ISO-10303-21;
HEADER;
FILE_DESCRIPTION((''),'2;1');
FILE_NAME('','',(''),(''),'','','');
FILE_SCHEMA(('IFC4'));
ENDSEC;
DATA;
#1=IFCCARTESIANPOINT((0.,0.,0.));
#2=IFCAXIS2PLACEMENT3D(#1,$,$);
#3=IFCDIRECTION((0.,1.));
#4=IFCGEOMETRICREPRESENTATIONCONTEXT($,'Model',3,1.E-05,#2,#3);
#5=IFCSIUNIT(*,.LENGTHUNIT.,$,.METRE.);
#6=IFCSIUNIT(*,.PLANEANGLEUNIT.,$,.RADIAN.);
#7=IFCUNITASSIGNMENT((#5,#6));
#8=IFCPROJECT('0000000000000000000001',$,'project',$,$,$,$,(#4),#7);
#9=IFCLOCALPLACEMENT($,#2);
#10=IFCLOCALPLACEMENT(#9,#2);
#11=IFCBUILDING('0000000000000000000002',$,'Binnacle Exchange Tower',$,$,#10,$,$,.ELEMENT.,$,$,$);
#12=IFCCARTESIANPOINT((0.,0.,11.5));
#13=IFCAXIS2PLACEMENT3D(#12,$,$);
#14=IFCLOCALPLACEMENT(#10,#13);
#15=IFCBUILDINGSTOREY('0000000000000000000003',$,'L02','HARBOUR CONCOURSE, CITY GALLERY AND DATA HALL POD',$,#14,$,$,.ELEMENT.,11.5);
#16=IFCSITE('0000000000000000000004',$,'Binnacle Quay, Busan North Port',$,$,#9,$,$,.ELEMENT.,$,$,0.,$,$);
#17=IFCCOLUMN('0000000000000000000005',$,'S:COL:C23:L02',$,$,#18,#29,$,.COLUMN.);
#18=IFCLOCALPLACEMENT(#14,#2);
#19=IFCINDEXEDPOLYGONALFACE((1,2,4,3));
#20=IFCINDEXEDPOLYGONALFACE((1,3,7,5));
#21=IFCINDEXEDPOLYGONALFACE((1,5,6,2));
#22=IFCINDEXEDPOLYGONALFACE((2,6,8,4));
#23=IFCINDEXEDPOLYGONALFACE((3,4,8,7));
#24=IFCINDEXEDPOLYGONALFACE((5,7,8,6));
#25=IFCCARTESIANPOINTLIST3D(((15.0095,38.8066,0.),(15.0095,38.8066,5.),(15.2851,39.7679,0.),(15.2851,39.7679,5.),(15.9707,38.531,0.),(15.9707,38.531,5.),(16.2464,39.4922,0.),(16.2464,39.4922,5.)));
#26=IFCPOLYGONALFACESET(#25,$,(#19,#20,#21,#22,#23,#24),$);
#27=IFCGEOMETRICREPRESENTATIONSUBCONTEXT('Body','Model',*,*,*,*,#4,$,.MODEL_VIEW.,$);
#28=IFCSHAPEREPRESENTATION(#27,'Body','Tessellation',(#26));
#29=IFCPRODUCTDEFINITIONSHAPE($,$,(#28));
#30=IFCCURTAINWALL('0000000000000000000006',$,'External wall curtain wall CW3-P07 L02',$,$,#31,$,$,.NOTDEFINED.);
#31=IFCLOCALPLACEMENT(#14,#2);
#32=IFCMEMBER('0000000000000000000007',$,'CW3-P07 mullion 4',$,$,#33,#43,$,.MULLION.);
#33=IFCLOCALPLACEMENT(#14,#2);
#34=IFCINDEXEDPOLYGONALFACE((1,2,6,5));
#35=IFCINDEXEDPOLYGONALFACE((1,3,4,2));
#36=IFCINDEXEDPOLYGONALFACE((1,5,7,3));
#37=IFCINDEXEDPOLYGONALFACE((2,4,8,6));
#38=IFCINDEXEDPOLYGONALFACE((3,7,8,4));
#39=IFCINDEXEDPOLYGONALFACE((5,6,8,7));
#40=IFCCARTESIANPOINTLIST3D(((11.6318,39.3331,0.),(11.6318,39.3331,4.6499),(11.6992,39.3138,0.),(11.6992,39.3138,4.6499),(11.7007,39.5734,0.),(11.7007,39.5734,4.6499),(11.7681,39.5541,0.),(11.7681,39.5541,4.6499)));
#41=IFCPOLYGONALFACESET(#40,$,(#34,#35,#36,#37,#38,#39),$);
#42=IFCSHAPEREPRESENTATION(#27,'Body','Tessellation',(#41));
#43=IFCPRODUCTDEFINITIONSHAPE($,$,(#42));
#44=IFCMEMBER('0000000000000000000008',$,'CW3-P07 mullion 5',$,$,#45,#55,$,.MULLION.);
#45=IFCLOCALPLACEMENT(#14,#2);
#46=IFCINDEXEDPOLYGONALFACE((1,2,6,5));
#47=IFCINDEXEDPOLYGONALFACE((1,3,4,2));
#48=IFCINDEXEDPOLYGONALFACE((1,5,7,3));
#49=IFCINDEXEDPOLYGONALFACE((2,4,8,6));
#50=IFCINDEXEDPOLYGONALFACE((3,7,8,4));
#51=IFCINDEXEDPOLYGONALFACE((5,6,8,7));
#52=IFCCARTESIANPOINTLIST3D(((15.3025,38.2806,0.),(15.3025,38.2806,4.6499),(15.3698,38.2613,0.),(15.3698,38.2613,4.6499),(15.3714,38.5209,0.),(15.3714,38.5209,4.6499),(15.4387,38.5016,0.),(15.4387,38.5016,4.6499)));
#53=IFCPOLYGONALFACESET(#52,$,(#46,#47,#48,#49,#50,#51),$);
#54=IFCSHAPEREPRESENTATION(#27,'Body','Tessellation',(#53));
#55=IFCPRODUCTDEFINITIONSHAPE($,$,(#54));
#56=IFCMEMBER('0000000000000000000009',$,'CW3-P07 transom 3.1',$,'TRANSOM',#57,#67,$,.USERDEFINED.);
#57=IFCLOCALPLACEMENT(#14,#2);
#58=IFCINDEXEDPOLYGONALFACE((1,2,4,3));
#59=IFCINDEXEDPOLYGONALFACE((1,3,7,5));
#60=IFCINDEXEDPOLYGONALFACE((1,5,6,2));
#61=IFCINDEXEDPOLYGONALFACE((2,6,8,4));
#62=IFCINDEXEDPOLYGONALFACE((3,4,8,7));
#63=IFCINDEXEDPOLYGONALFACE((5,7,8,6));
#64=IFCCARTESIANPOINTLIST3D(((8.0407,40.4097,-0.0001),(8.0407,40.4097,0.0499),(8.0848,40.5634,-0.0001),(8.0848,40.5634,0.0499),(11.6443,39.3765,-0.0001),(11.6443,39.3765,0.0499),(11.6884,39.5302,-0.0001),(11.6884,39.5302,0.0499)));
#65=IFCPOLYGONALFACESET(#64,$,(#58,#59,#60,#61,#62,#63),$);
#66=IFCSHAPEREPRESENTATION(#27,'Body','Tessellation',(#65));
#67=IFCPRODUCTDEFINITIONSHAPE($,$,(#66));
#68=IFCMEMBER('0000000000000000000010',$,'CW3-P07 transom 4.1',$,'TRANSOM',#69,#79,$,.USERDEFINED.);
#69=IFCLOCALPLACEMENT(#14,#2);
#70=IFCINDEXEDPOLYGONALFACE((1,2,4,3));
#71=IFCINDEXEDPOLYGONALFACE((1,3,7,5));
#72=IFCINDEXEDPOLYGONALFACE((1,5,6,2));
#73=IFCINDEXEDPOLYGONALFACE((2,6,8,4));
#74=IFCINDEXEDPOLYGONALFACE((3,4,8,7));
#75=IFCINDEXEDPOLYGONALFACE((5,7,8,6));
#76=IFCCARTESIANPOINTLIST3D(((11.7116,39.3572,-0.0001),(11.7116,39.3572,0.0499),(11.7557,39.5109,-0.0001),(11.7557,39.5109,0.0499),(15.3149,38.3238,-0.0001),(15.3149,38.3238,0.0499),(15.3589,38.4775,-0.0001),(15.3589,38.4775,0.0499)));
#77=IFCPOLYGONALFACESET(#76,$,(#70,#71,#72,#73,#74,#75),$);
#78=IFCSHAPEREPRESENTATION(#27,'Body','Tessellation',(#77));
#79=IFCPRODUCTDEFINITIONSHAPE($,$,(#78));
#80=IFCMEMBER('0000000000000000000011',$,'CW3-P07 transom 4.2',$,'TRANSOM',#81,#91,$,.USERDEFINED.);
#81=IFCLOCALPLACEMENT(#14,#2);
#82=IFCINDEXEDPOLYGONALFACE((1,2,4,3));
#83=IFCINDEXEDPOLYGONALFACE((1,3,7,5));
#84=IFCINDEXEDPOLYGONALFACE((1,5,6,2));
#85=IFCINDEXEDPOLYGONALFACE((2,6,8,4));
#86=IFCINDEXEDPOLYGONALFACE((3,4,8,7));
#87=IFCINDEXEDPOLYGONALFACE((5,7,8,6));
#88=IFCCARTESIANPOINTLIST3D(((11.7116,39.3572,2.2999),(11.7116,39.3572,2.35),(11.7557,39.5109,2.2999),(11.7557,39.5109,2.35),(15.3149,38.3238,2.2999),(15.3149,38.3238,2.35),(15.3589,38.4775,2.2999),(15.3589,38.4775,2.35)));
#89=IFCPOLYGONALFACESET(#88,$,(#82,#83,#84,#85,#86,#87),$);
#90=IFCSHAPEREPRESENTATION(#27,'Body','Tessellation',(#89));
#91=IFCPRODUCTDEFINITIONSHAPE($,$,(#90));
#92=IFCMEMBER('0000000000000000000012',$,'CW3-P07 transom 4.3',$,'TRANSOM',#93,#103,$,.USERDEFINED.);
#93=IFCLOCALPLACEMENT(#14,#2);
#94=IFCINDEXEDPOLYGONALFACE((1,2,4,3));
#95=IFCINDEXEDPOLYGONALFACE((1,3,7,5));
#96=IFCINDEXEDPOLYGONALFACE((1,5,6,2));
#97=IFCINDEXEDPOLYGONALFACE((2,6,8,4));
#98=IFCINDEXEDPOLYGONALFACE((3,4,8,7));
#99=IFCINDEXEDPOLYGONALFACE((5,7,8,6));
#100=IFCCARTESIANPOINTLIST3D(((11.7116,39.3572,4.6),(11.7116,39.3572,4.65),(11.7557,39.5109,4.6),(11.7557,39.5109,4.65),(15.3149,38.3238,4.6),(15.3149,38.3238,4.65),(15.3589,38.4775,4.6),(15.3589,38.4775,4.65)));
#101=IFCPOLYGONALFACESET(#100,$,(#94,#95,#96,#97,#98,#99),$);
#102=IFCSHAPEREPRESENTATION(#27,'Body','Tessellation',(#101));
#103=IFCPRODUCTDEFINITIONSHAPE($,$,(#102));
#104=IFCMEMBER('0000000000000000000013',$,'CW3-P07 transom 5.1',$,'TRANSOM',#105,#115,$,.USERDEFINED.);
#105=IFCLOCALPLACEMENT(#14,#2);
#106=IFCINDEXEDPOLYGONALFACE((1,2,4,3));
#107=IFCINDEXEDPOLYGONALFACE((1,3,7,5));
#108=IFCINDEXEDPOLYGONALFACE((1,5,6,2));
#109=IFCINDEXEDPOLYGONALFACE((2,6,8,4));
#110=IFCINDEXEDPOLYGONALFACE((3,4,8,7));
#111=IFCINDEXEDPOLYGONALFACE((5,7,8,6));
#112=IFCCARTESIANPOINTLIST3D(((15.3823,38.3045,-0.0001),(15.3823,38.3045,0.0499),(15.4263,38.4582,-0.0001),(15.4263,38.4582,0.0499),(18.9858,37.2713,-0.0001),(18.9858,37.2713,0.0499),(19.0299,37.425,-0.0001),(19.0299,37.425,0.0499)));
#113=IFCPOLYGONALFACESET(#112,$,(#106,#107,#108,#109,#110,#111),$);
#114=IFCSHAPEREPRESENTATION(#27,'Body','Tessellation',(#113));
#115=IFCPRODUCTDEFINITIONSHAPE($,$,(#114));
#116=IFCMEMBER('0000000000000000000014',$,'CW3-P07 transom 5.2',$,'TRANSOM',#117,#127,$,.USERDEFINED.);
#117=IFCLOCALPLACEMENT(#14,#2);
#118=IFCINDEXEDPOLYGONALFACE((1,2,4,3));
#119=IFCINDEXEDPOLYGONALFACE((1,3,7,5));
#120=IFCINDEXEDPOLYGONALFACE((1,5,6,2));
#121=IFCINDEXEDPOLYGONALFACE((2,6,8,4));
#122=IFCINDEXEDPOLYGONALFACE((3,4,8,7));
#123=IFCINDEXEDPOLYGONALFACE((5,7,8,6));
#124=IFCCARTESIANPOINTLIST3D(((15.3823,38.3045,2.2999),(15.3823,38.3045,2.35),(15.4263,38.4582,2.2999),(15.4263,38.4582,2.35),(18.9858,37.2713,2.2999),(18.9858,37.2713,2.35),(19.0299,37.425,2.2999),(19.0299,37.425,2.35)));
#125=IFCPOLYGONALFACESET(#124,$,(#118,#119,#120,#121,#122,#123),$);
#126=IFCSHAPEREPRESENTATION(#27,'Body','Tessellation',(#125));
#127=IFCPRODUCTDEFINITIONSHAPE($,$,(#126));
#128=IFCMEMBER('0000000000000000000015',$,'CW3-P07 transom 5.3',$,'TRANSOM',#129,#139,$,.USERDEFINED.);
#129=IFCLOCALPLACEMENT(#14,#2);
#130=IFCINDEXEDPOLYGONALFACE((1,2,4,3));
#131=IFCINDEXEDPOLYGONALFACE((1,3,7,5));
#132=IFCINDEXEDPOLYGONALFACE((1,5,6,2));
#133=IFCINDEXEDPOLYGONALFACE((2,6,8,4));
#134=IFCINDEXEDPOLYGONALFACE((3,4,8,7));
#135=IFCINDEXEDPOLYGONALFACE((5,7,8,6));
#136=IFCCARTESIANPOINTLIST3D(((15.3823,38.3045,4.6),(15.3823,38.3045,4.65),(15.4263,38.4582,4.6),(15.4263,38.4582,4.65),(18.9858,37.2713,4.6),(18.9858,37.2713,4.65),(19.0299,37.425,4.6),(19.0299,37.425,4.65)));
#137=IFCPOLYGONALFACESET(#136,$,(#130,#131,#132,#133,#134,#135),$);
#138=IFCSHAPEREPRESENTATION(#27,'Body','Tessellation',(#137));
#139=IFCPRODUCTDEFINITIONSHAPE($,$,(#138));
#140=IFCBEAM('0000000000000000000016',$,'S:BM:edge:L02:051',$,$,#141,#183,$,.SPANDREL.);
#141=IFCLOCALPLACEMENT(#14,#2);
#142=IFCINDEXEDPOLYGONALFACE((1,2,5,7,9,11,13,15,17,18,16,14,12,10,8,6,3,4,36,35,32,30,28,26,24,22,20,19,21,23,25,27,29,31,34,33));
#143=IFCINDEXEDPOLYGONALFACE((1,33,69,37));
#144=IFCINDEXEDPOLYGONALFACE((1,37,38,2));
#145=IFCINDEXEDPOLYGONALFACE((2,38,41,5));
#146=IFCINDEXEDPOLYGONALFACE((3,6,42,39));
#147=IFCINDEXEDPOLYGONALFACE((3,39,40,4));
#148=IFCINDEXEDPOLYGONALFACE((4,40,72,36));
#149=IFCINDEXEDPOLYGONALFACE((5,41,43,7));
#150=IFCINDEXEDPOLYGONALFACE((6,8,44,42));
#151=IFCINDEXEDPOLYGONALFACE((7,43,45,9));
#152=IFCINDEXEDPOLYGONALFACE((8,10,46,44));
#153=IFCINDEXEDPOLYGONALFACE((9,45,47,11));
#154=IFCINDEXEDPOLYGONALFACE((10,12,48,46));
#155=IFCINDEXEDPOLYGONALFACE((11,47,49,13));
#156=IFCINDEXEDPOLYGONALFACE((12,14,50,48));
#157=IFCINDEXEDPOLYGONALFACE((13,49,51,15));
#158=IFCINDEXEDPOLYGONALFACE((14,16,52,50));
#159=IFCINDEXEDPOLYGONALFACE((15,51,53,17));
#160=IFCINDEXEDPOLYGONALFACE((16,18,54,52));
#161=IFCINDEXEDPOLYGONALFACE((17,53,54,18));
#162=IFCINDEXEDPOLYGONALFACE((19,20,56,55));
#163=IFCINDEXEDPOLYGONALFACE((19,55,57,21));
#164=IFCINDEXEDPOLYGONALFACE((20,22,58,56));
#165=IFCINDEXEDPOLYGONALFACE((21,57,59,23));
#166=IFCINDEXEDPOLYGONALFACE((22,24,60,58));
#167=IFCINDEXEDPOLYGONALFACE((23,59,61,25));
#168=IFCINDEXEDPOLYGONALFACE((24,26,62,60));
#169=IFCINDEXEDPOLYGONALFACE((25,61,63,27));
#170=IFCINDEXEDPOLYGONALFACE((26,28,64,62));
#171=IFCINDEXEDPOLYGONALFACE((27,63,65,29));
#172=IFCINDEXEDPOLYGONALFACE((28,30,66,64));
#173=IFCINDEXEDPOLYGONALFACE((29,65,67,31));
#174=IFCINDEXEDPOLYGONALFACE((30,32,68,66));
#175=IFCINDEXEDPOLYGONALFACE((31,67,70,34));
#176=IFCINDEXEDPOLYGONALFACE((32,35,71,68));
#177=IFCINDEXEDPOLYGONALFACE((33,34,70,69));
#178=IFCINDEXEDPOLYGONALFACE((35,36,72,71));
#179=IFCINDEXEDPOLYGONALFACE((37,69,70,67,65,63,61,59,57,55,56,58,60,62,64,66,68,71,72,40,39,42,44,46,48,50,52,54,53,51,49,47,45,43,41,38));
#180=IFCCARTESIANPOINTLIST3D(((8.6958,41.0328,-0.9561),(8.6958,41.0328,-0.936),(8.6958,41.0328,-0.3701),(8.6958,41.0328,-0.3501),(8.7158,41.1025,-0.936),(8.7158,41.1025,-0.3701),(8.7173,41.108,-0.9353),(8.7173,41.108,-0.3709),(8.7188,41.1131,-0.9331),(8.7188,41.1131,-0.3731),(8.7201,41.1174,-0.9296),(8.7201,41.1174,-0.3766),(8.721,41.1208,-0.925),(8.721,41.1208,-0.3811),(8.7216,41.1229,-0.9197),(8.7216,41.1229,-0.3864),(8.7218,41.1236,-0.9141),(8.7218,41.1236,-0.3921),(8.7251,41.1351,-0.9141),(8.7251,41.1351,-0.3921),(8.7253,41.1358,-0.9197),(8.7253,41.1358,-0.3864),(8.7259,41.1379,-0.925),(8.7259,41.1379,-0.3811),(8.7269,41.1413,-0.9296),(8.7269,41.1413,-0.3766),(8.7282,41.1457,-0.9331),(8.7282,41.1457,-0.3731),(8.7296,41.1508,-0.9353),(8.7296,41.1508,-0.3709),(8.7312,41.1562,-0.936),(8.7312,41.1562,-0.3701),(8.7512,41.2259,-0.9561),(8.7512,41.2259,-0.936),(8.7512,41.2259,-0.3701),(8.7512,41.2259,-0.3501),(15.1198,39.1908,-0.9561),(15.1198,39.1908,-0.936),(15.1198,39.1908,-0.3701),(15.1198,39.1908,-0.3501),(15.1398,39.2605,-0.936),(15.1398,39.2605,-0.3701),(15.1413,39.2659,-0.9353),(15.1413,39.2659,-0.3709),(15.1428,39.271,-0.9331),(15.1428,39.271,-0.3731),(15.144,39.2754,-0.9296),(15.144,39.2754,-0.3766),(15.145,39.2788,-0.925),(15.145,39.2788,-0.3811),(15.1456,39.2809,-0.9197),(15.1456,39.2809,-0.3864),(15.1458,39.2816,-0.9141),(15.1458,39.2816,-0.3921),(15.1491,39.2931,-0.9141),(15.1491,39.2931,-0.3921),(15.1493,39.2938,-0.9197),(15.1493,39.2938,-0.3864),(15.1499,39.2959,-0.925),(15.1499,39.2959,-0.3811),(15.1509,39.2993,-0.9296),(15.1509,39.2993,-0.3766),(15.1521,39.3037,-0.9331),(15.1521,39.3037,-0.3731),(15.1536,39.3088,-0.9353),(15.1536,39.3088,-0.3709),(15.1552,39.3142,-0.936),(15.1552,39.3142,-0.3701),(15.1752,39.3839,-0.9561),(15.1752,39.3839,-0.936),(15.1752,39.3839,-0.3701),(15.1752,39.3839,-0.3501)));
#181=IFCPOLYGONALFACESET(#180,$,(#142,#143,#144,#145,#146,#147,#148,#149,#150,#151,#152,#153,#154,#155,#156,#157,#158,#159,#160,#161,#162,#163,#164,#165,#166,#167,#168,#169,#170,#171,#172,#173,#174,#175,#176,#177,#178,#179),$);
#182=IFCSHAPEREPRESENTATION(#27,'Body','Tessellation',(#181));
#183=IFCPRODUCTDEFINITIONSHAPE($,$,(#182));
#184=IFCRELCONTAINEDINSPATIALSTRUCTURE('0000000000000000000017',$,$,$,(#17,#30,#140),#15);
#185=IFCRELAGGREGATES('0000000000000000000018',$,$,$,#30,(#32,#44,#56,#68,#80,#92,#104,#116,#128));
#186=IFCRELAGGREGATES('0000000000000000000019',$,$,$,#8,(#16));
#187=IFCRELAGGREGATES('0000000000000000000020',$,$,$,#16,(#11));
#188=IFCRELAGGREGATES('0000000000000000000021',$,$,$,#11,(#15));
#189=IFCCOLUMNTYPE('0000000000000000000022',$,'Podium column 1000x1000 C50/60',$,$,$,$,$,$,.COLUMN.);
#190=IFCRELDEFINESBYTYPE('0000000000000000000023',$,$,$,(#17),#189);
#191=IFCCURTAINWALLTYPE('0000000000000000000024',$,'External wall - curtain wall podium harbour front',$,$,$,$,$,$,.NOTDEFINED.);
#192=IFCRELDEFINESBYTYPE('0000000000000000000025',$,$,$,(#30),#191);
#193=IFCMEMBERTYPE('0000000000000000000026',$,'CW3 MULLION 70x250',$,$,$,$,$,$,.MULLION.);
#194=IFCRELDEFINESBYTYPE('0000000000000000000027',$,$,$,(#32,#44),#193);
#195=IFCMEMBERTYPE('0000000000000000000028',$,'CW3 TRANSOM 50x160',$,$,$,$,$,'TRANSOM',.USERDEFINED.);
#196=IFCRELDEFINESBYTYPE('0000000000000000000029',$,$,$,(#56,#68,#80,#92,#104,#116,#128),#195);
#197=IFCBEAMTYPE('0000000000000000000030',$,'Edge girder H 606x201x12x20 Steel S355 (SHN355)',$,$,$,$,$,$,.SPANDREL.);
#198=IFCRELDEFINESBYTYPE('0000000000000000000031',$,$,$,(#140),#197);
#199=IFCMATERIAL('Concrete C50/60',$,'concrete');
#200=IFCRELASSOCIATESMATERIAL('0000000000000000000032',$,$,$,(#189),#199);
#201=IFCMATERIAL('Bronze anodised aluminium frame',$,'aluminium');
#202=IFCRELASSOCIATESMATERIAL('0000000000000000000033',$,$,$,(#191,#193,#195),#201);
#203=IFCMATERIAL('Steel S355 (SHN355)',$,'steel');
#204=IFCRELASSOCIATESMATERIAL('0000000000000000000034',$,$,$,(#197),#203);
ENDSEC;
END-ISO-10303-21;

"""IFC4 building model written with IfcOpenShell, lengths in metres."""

from ifc_helpers import new_model, si_unit, direction, frame, origin, origin_2d, place, context, subcontext, project, spatial, rectangle, i_section, extrude, material, material_profile, profile_set, type_object, element, aggregate, save


model = new_model("IFC4")

# Units and contexts
model_context = context("Model", 3, precision=1e-05, world=origin(), true_north=direction((0.0, 1.0)))
body_context = subcontext(model_context, "Body", "Model", "MODEL_VIEW")
ifc_project = project(units=[si_unit("LENGTHUNIT", "METRE"), si_unit("PLANEANGLEUNIT", "RADIAN")], contexts=[model_context])

# Site, building, storey
site_placement = place(None, origin())
site = spatial("IfcSite", under=ifc_project, at=site_placement, Name="Binnacle Quay, Busan North Port", CompositionType="ELEMENT", RefElevation=0.0)
building_placement = place(site_placement, origin())
building = spatial("IfcBuilding", under=site, at=building_placement, Name="Binnacle Exchange Tower", CompositionType="ELEMENT")
storey_placement = place(building_placement, frame((0.0, 0.0, 11.5)))
storey = spatial("IfcBuildingStorey", under=building, at=storey_placement, Name="L02", Description="HARBOUR CONCOURSE, CITY GALLERY AND DATA HALL POD", CompositionType="ELEMENT", Elevation=11.5)

# Column
ifc_material_1 = material(Name="Concrete C50/60", Category="concrete")
ifc_material_profile_1 = material_profile(ifc_material_1, rectangle(XDim=1.0, YDim=1.0, at=origin_2d()), Name="Podium column 1000x1000 C50/60")
ifc_profile_set_1 = profile_set([ifc_material_profile_1], Name="Concrete C50/60")
column_type = type_object("IfcColumnType", Name="Podium column 1000x1000 C50/60", PredefinedType="COLUMN", material=ifc_profile_set_1)
column_placement = place(storey_placement, frame((15.6279, 39.1494, 0.0), z_axis=(0.0, 0.0, 1.0), x_axis=(0.961262, -0.275637, 0.0)))
element("IfcColumn", 1, at=column_placement, inside=storey, type_object=column_type, Name="S:COL:C23:L02", PredefinedType="COLUMN", context=body_context, shape_type="SweptSolid", body=[
    extrude(rectangle(XDim=1.0, YDim=1.0, at=origin_2d()), origin(), (0.0, 0.0, 1.0), 5.0),
])

# Curtain wall, members
ifc_material_2 = material(Name="Bronze anodised aluminium frame", Category="aluminium")
curtain_wall_type = type_object("IfcCurtainWallType", Name="External wall - curtain wall podium harbour front", PredefinedType="NOTDEFINED", material=ifc_material_2)
curtain_wall_placement = place(storey_placement, origin())
curtain_wall = element("IfcCurtainWall", 2, at=curtain_wall_placement, inside=storey, type_object=curtain_wall_type, Name="External wall curtain wall CW3-P07 L02", PredefinedType="NOTDEFINED")
ifc_material_profile_2 = material_profile(ifc_material_2, rectangle(XDim=0.25, YDim=0.0701, at=origin_2d()), Name="AL 70x250")
ifc_profile_set_2 = profile_set([ifc_material_profile_2], Name="Bronze anodised aluminium frame")
member_type_1 = type_object("IfcMemberType", Name="CW3 MULLION 70x250", PredefinedType="MULLION", material=ifc_profile_set_2)
member_1_placement = place(storey_placement, frame((11.7, 39.4436, 0.0), z_axis=(0.0, 0.0, 1.0), x_axis=(0.275637, 0.961262, 0.0)))
member_1 = element("IfcMember", 3, at=member_1_placement, type_object=member_type_1, Name="CW3-P07 mullion 4", PredefinedType="MULLION", context=body_context, shape_type="SweptSolid", body=[
    extrude(rectangle(XDim=0.25, YDim=0.0701, at=origin_2d()), origin(), (0.0, 0.0, 1.0), 4.6499),
])
member_2_placement = place(storey_placement, frame((15.3706, 38.3911, 0.0), z_axis=(0.0, 0.0, 1.0), x_axis=(0.275637, 0.961262, 0.0)))
member_2 = element("IfcMember", 4, at=member_2_placement, type_object=member_type_1, Name="CW3-P07 mullion 5", PredefinedType="MULLION", context=body_context, shape_type="SweptSolid", body=[
    extrude(rectangle(XDim=0.25, YDim=0.0701, at=origin_2d()), origin(), (0.0, 0.0, 1.0), 4.6499),
])
ifc_material_profile_3 = material_profile(ifc_material_2, rectangle(XDim=0.1599, YDim=0.05, at=origin_2d()), Name="AL 160x50")
ifc_profile_set_3 = profile_set([ifc_material_profile_3], Name="Bronze anodised aluminium frame")
member_type_2 = type_object("IfcMemberType", Name="CW3 TRANSOM 50x160", ElementType="TRANSOM", PredefinedType="USERDEFINED", material=ifc_profile_set_3)
member_3_placement = place(storey_placement, frame((8.0627, 40.4866, 0.0249), z_axis=(0.961268, -0.275616, 0.0), x_axis=(0.275616, 0.961268, 0.0)))
member_3 = element("IfcMember", 5, at=member_3_placement, type_object=member_type_2, Name="CW3-P07 transom 3.1", ObjectType="TRANSOM", PredefinedType="USERDEFINED", context=body_context, shape_type="SweptSolid", body=[
    extrude(rectangle(XDim=0.1599, YDim=0.05, at=origin_2d()), origin(), (0.0, 0.0, 1.0), 3.7488),
])
member_4_placement = place(storey_placement, frame((11.7336, 39.4341, 0.0249), z_axis=(0.961246, -0.275693, 0.0), x_axis=(0.275693, 0.961246, 0.0)))
member_4 = element("IfcMember", 6, at=member_4_placement, type_object=member_type_2, Name="CW3-P07 transom 4.1", ObjectType="TRANSOM", PredefinedType="USERDEFINED", context=body_context, shape_type="SweptSolid", body=[
    extrude(rectangle(XDim=0.1599, YDim=0.05, at=origin_2d()), origin(), (0.0, 0.0, 1.0), 3.7485),
])
member_5_placement = place(storey_placement, frame((11.7336, 39.4341, 2.325), z_axis=(0.961246, -0.275693, 0.0), x_axis=(0.275693, 0.961246, 0.0)))
member_5 = element("IfcMember", 7, at=member_5_placement, type_object=member_type_2, Name="CW3-P07 transom 4.2", ObjectType="TRANSOM", PredefinedType="USERDEFINED", context=body_context, shape_type="SweptSolid", body=[
    extrude(rectangle(XDim=0.1599, YDim=0.05, at=origin_2d()), origin(), (0.0, 0.0, 1.0), 3.7485),
])
member_6_placement = place(storey_placement, frame((11.7336, 39.4341, 4.625), z_axis=(0.961246, -0.275693, 0.0), x_axis=(0.275693, 0.961246, 0.0)))
member_6 = element("IfcMember", 8, at=member_6_placement, type_object=member_type_2, Name="CW3-P07 transom 4.3", ObjectType="TRANSOM", PredefinedType="USERDEFINED", context=body_context, shape_type="SweptSolid", body=[
    extrude(rectangle(XDim=0.1599, YDim=0.05, at=origin_2d()), origin(), (0.0, 0.0, 1.0), 3.7485),
])
member_7_placement = place(storey_placement, frame((15.4043, 38.3813, 0.0249), z_axis=(0.961268, -0.275616, 0.0), x_axis=(0.275616, 0.961268, 0.0)))
member_7 = element("IfcMember", 9, at=member_7_placement, type_object=member_type_2, Name="CW3-P07 transom 5.1", ObjectType="TRANSOM", PredefinedType="USERDEFINED", context=body_context, shape_type="SweptSolid", body=[
    extrude(rectangle(XDim=0.1599, YDim=0.05, at=origin_2d()), origin(), (0.0, 0.0, 1.0), 3.7488),
])
member_8_placement = place(storey_placement, frame((15.4043, 38.3813, 2.325), z_axis=(0.961268, -0.275616, 0.0), x_axis=(0.275616, 0.961268, 0.0)))
member_8 = element("IfcMember", 10, at=member_8_placement, type_object=member_type_2, Name="CW3-P07 transom 5.2", ObjectType="TRANSOM", PredefinedType="USERDEFINED", context=body_context, shape_type="SweptSolid", body=[
    extrude(rectangle(XDim=0.1599, YDim=0.05, at=origin_2d()), origin(), (0.0, 0.0, 1.0), 3.7488),
])
member_9_placement = place(storey_placement, frame((15.4043, 38.3813, 4.625), z_axis=(0.961268, -0.275616, 0.0), x_axis=(0.275616, 0.961268, 0.0)))
member_9 = element("IfcMember", 11, at=member_9_placement, type_object=member_type_2, Name="CW3-P07 transom 5.3", ObjectType="TRANSOM", PredefinedType="USERDEFINED", context=body_context, shape_type="SweptSolid", body=[
    extrude(rectangle(XDim=0.1599, YDim=0.05, at=origin_2d()), origin(), (0.0, 0.0, 1.0), 3.7488),
])

# Beam
ifc_material_3 = material(Name="Steel S355 (SHN355)", Category="steel")
ifc_material_profile_4 = material_profile(ifc_material_3, i_section(OverallWidth=0.2009, OverallDepth=0.606, WebThickness=0.012, FlangeThickness=0.02, FilletRadius=0.022, at=origin_2d()), Name="H 606x201x12x20")
ifc_profile_set_4 = profile_set([ifc_material_profile_4], Name="Steel S355 (SHN355)")
beam_type_1 = type_object("IfcBeamType", Name="Edge girder H 606x201x12x20 Steel S355 (SHN355)", PredefinedType="SPANDREL", material=ifc_profile_set_4)
beam_1_placement = place(storey_placement, frame((15.1475, 39.2874, -0.6531), z_axis=(-0.961263, 0.275633, 0.0), x_axis=(-0.275633, -0.961263, 0.0)))
element("IfcBeam", 12, at=beam_1_placement, inside=storey, type_object=beam_type_1, Name="S:BM:edge:L02:051", PredefinedType="SPANDREL", context=body_context, shape_type="SweptSolid", body=[
    extrude(i_section(OverallWidth=0.2009, OverallDepth=0.606, WebThickness=0.012, FlangeThickness=0.02, FilletRadius=0.022, at=origin_2d()), origin(), (0.0, 0.0, 1.0), 6.6829),
])

aggregate(curtain_wall, [member_1, member_2, member_3, member_4, member_5, member_6, member_7, member_8, member_9])

save(model, "model.ifc")
